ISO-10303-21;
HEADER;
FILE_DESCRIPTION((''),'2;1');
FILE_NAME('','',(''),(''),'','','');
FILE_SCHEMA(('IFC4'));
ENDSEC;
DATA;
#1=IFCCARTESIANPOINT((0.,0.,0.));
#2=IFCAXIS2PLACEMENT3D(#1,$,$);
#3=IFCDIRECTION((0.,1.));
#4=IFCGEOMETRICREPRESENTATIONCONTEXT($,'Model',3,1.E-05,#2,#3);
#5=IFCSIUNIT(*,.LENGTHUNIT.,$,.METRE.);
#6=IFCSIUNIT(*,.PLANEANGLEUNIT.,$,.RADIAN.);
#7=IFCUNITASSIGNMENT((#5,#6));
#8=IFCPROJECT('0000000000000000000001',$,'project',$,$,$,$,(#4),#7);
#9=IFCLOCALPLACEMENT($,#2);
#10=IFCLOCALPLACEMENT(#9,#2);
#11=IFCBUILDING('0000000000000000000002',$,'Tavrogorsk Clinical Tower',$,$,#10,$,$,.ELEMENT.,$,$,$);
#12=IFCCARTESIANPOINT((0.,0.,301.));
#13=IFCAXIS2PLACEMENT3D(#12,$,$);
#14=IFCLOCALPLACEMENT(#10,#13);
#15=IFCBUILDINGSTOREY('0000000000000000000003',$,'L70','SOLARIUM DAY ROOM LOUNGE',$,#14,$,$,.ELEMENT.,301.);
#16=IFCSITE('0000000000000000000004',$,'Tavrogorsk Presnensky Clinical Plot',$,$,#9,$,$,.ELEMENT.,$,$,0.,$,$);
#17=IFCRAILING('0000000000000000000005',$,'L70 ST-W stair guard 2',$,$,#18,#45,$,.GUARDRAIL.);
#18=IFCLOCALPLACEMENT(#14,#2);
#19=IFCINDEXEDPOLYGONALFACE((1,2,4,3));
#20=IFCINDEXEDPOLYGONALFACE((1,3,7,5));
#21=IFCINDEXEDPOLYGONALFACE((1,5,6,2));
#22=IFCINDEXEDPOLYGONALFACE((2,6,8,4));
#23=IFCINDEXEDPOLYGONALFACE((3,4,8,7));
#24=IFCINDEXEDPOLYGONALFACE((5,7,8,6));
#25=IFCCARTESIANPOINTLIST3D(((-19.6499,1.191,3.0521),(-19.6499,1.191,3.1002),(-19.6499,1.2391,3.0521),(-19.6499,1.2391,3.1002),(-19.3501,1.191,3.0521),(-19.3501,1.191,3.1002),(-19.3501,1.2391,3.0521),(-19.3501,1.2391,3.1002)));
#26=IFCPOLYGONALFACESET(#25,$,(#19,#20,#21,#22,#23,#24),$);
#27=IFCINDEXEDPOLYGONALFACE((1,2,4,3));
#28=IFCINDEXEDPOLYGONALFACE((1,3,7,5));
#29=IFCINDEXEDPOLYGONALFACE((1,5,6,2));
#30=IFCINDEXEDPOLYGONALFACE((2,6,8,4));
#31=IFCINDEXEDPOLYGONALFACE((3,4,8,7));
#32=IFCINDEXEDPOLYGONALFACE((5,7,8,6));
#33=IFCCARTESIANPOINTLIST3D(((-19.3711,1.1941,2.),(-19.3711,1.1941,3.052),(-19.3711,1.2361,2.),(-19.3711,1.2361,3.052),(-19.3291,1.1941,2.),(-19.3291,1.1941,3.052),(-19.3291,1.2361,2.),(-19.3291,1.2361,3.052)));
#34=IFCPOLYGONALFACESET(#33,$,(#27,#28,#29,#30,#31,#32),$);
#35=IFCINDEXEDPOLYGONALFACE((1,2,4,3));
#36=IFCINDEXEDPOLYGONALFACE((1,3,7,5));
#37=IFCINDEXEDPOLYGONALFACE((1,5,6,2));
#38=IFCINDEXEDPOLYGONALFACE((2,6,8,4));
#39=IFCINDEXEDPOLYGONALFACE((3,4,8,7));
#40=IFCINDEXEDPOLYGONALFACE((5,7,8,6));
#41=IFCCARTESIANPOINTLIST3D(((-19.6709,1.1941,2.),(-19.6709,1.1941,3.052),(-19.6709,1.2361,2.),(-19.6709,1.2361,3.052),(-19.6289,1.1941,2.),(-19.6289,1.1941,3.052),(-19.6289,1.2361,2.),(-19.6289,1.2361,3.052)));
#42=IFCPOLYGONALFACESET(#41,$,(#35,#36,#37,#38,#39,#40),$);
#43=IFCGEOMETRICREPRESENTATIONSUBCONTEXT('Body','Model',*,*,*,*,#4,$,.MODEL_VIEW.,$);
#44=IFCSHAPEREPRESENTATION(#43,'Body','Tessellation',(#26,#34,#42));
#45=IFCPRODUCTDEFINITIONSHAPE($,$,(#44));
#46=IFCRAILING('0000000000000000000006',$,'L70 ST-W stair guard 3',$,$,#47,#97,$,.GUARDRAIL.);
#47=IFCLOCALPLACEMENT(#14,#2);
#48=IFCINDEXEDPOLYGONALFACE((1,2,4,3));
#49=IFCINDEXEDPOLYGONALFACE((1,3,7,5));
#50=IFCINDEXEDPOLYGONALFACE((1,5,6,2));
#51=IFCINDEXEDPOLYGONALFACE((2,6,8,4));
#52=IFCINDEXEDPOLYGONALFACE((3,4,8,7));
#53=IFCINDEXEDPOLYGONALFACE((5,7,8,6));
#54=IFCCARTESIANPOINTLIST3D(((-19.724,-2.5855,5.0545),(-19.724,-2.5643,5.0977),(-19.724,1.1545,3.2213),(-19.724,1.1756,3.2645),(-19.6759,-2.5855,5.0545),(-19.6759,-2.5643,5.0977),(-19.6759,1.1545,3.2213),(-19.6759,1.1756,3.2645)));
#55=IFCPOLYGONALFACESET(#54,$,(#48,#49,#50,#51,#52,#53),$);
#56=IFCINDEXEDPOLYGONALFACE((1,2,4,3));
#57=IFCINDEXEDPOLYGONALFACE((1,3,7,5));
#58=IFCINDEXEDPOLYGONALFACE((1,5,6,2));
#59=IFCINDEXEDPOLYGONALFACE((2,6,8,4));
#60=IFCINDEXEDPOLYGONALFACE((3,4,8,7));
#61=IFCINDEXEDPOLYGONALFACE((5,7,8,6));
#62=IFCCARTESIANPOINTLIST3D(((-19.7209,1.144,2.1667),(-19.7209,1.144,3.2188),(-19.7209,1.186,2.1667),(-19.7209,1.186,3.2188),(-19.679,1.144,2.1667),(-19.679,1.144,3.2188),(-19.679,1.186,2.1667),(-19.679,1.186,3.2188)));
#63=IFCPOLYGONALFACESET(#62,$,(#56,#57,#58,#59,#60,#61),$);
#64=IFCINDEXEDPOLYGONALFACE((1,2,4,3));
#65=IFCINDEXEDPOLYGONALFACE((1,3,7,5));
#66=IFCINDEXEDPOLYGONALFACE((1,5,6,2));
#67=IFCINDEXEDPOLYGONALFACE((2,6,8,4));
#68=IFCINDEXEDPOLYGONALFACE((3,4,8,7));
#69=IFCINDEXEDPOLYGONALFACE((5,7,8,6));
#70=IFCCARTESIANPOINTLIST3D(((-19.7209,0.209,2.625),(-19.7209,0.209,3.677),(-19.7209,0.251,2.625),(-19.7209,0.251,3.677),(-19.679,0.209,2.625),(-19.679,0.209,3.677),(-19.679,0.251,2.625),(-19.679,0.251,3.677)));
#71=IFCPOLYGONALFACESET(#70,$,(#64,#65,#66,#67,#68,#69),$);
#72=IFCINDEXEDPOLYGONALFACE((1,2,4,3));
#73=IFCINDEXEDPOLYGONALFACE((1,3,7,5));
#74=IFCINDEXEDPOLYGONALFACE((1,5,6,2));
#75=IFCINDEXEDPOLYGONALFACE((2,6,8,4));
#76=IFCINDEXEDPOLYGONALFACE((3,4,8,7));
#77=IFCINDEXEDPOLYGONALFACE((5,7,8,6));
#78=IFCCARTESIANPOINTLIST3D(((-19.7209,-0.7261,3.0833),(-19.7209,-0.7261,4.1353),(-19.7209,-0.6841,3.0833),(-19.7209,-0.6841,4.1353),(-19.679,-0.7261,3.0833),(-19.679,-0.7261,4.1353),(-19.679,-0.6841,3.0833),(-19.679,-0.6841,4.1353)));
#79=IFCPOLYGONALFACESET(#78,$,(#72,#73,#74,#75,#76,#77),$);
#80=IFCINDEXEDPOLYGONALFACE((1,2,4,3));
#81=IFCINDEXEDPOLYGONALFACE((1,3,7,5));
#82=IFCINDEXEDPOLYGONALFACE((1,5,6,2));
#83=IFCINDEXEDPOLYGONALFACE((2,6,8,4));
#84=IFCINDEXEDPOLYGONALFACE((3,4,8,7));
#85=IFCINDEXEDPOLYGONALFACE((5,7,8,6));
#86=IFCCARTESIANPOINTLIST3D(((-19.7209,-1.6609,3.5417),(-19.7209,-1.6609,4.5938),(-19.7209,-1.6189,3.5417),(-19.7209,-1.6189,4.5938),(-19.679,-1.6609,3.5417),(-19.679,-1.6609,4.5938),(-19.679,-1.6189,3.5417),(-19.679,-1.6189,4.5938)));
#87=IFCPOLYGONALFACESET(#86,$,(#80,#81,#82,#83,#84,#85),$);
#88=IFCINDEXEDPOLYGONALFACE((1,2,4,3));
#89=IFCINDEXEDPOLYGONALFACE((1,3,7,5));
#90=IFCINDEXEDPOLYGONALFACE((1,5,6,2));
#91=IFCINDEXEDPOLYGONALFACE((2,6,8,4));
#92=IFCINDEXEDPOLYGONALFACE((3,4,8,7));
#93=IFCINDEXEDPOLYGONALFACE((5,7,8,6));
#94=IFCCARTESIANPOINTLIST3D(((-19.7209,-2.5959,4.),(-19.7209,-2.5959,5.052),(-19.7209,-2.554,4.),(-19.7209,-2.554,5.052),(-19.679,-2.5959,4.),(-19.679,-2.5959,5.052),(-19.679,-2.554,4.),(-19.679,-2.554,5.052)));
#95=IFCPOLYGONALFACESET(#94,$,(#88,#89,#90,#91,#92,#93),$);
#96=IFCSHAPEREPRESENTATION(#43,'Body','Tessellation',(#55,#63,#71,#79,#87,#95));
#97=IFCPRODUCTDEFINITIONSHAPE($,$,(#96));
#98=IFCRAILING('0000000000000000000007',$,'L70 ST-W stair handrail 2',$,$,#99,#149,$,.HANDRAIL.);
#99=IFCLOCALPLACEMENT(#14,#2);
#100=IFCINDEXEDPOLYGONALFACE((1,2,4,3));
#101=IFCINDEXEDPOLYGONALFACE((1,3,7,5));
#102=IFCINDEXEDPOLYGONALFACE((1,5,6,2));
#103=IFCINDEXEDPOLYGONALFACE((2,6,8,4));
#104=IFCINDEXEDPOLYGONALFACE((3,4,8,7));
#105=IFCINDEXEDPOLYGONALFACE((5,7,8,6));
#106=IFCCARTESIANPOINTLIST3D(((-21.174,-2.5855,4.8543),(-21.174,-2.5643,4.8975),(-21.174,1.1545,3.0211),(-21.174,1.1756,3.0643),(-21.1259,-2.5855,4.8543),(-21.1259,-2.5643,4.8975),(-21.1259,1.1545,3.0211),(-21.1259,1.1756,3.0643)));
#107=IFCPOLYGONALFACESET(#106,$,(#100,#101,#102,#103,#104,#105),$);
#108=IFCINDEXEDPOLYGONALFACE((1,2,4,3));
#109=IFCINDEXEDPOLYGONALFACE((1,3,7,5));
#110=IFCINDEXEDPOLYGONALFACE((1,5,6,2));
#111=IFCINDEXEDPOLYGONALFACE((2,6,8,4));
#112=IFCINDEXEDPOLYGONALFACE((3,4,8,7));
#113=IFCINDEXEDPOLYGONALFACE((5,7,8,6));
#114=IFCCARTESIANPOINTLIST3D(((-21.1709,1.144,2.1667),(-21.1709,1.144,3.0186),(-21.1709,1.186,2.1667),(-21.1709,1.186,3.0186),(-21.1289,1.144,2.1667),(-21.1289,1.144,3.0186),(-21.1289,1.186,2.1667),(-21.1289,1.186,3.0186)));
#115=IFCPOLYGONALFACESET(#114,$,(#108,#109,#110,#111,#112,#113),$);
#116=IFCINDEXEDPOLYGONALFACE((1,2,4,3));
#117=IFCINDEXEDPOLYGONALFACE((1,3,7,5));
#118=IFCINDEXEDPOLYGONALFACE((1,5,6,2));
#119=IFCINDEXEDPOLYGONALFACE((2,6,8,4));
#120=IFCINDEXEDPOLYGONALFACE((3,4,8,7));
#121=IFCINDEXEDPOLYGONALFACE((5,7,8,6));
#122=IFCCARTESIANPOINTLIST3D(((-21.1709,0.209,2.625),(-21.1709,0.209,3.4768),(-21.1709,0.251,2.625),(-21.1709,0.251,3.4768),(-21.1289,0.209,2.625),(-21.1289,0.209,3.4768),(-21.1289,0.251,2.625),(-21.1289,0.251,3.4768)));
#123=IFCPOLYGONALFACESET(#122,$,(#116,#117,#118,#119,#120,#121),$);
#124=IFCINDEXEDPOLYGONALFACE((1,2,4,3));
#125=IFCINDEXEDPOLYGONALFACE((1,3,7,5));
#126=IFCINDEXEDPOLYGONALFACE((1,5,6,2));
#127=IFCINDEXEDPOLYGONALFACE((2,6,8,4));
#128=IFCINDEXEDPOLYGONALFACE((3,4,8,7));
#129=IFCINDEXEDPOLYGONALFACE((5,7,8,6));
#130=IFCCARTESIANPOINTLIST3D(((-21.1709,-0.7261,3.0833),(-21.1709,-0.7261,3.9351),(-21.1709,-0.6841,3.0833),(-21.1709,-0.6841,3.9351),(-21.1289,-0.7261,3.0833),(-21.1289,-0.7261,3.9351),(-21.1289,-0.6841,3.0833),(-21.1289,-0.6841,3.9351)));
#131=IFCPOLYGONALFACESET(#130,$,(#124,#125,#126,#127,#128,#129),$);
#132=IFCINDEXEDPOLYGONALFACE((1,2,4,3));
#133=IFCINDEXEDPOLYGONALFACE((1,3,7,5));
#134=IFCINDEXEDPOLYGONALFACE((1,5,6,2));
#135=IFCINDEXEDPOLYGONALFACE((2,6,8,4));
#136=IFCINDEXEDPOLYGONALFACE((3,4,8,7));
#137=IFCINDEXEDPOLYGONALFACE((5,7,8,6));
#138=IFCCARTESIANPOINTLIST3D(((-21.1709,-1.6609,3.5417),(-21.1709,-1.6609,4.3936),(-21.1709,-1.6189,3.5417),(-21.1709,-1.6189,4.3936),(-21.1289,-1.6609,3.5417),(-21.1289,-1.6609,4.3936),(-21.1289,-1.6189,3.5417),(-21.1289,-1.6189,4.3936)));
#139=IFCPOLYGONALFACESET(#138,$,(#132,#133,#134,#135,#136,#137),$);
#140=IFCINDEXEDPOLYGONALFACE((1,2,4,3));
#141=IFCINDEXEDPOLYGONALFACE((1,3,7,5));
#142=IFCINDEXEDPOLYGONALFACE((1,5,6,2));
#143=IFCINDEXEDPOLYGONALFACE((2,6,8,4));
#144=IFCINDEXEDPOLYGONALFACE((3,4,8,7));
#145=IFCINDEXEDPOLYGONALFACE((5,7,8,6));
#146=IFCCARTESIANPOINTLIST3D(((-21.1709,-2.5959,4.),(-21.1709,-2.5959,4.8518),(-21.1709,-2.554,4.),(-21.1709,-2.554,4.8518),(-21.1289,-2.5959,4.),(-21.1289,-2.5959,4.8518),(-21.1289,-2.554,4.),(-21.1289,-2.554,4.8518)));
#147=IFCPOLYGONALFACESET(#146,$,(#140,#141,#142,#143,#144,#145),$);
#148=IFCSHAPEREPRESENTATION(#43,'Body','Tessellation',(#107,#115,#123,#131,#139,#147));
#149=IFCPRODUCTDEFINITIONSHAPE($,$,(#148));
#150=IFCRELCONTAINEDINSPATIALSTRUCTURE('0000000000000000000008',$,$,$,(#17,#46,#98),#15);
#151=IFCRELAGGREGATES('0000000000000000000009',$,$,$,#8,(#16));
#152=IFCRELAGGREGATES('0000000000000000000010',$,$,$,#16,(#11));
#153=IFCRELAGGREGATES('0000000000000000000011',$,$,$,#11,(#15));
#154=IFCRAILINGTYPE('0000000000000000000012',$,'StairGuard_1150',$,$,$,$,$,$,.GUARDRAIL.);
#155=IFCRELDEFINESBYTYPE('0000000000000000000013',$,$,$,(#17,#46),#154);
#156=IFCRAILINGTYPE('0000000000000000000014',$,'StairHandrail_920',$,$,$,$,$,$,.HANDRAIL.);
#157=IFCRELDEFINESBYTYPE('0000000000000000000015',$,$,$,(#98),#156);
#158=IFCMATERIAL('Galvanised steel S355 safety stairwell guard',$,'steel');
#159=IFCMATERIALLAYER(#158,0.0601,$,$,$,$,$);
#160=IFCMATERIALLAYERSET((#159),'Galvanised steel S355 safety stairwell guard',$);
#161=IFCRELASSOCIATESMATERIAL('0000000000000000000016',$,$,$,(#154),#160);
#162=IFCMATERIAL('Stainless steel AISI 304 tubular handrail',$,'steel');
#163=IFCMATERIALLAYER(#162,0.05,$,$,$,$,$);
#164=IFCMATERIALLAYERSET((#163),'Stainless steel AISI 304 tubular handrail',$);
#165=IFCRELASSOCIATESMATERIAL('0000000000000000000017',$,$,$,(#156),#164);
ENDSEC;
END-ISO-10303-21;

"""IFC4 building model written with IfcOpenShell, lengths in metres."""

from ifc_helpers import new_model, si_unit, direction, frame, origin, origin_2d, place, context, subcontext, project, spatial, rectangle, extrude, material, layer, layer_set, type_object, element, save


model = new_model("IFC4")

# Units and contexts
model_context = context("Model", 3, precision=1e-05, world=origin(), true_north=direction((0.0, 1.0)))
body_context = subcontext(model_context, "Body", "Model", "MODEL_VIEW")
ifc_project = project(units=[si_unit("LENGTHUNIT", "METRE"), si_unit("PLANEANGLEUNIT", "RADIAN")], contexts=[model_context])

# Site, building, storey
site_placement = place(None, origin())
site = spatial("IfcSite", under=ifc_project, at=site_placement, Name="Tavrogorsk Presnensky Clinical Plot", CompositionType="ELEMENT", RefElevation=0.0)
building_placement = place(site_placement, origin())
building = spatial("IfcBuilding", under=site, at=building_placement, Name="Tavrogorsk Clinical Tower", CompositionType="ELEMENT")
storey_placement = place(building_placement, frame((0.0, 0.0, 301.0)))
storey = spatial("IfcBuildingStorey", under=building, at=storey_placement, Name="L70", Description="SOLARIUM DAY ROOM LOUNGE", CompositionType="ELEMENT", Elevation=301.0)

# Railings
ifc_material_1 = material(Name="Galvanised steel S355 safety stairwell guard", Category="steel")
ifc_layer_1 = layer(ifc_material_1, 0.0601)
ifc_layer_set_1 = layer_set([ifc_layer_1], Name="Galvanised steel S355 safety stairwell guard")
railing_type_1 = type_object("IfcRailingType", Name="StairGuard_1150", PredefinedType="GUARDRAIL", material=ifc_layer_set_1)
railing_1_placement = place(storey_placement, frame((-19.3501, 1.2151, 2.0)))
element("IfcRailing", 1, at=railing_1_placement, inside=storey, type_object=railing_type_1, Name="L70 ST-W stair guard 2", PredefinedType="GUARDRAIL", context=body_context, shape_type="SweptSolid", body=[
    extrude(rectangle(XDim=0.0481, YDim=0.0481, at=origin_2d()), frame((0.0, 0.0, 1.0762), z_axis=(-1.0, 0.0, 0.0), x_axis=(0.0, -1.0, 0.0)), (0.0, 0.0, 1.0), 0.2998),
    extrude(rectangle(XDim=0.042, YDim=0.042, at=origin_2d()), origin(), (0.0, 0.0, 1.0), 1.052),
    extrude(rectangle(XDim=0.042, YDim=0.042, at=origin_2d()), frame((-0.2998, 0.0, 0.0)), (0.0, 0.0, 1.0), 1.052),
])
railing_2_placement = place(storey_placement, frame((-19.7, 1.165, 2.1667)))
element("IfcRailing", 2, at=railing_2_placement, inside=storey, type_object=railing_type_1, Name="L70 ST-W stair guard 3", PredefinedType="GUARDRAIL", context=body_context, shape_type="SweptSolid", body=[
    extrude(rectangle(XDim=0.0481, YDim=0.0481, at=origin_2d()), frame((0.0, 0.0, 1.0762), z_axis=(0.0, -0.897928, 0.440142), x_axis=(1.0, 0.0, 0.0)), (0.0, 0.0, 1.0), 4.165),
    extrude(rectangle(XDim=0.042, YDim=0.042, at=origin_2d()), origin(), (0.0, 0.0, 1.0), 1.052),
    extrude(rectangle(XDim=0.042, YDim=0.042, at=origin_2d()), frame((0.0, -0.9351, 0.4583)), (0.0, 0.0, 1.0), 1.052),
    extrude(rectangle(XDim=0.042, YDim=0.042, at=origin_2d()), frame((0.0, -1.8701, 0.9165)), (0.0, 0.0, 1.0), 1.052),
    extrude(rectangle(XDim=0.042, YDim=0.042, at=origin_2d()), frame((0.0, -2.8049, 1.375)), (0.0, 0.0, 1.0), 1.052),
    extrude(rectangle(XDim=0.042, YDim=0.042, at=origin_2d()), frame((0.0, -3.74, 1.8333)), (0.0, 0.0, 1.0), 1.052),
])
ifc_material_2 = material(Name="Stainless steel AISI 304 tubular handrail", Category="steel")
ifc_layer_2 = layer(ifc_material_2, 0.05)
ifc_layer_set_2 = layer_set([ifc_layer_2], Name="Stainless steel AISI 304 tubular handrail")
railing_type_2 = type_object("IfcRailingType", Name="StairHandrail_920", PredefinedType="HANDRAIL", material=ifc_layer_set_2)
railing_3_placement = place(storey_placement, frame((-21.1499, 1.165, 2.1667)))
element("IfcRailing", 3, at=railing_3_placement, inside=storey, type_object=railing_type_2, Name="L70 ST-W stair handrail 2", PredefinedType="HANDRAIL", context=body_context, shape_type="SweptSolid", body=[
    extrude(rectangle(XDim=0.0481, YDim=0.0481, at=origin_2d()), frame((0.0, 0.0, 0.876), z_axis=(0.0, -0.897928, 0.440142), x_axis=(1.0, 0.0, 0.0)), (0.0, 0.0, 1.0), 4.165),
    extrude(rectangle(XDim=0.042, YDim=0.042, at=origin_2d()), origin(), (0.0, 0.0, 1.0), 0.8518),
    extrude(rectangle(XDim=0.042, YDim=0.042, at=origin_2d()), frame((0.0, -0.9351, 0.4583)), (0.0, 0.0, 1.0), 0.8518),
    extrude(rectangle(XDim=0.042, YDim=0.042, at=origin_2d()), frame((0.0, -1.8701, 0.9165)), (0.0, 0.0, 1.0), 0.8518),
    extrude(rectangle(XDim=0.042, YDim=0.042, at=origin_2d()), frame((0.0, -2.8049, 1.375)), (0.0, 0.0, 1.0), 0.8518),
    extrude(rectangle(XDim=0.042, YDim=0.042, at=origin_2d()), frame((0.0, -3.74, 1.8333)), (0.0, 0.0, 1.0), 0.8518),
])

save(model, "model.ifc")
